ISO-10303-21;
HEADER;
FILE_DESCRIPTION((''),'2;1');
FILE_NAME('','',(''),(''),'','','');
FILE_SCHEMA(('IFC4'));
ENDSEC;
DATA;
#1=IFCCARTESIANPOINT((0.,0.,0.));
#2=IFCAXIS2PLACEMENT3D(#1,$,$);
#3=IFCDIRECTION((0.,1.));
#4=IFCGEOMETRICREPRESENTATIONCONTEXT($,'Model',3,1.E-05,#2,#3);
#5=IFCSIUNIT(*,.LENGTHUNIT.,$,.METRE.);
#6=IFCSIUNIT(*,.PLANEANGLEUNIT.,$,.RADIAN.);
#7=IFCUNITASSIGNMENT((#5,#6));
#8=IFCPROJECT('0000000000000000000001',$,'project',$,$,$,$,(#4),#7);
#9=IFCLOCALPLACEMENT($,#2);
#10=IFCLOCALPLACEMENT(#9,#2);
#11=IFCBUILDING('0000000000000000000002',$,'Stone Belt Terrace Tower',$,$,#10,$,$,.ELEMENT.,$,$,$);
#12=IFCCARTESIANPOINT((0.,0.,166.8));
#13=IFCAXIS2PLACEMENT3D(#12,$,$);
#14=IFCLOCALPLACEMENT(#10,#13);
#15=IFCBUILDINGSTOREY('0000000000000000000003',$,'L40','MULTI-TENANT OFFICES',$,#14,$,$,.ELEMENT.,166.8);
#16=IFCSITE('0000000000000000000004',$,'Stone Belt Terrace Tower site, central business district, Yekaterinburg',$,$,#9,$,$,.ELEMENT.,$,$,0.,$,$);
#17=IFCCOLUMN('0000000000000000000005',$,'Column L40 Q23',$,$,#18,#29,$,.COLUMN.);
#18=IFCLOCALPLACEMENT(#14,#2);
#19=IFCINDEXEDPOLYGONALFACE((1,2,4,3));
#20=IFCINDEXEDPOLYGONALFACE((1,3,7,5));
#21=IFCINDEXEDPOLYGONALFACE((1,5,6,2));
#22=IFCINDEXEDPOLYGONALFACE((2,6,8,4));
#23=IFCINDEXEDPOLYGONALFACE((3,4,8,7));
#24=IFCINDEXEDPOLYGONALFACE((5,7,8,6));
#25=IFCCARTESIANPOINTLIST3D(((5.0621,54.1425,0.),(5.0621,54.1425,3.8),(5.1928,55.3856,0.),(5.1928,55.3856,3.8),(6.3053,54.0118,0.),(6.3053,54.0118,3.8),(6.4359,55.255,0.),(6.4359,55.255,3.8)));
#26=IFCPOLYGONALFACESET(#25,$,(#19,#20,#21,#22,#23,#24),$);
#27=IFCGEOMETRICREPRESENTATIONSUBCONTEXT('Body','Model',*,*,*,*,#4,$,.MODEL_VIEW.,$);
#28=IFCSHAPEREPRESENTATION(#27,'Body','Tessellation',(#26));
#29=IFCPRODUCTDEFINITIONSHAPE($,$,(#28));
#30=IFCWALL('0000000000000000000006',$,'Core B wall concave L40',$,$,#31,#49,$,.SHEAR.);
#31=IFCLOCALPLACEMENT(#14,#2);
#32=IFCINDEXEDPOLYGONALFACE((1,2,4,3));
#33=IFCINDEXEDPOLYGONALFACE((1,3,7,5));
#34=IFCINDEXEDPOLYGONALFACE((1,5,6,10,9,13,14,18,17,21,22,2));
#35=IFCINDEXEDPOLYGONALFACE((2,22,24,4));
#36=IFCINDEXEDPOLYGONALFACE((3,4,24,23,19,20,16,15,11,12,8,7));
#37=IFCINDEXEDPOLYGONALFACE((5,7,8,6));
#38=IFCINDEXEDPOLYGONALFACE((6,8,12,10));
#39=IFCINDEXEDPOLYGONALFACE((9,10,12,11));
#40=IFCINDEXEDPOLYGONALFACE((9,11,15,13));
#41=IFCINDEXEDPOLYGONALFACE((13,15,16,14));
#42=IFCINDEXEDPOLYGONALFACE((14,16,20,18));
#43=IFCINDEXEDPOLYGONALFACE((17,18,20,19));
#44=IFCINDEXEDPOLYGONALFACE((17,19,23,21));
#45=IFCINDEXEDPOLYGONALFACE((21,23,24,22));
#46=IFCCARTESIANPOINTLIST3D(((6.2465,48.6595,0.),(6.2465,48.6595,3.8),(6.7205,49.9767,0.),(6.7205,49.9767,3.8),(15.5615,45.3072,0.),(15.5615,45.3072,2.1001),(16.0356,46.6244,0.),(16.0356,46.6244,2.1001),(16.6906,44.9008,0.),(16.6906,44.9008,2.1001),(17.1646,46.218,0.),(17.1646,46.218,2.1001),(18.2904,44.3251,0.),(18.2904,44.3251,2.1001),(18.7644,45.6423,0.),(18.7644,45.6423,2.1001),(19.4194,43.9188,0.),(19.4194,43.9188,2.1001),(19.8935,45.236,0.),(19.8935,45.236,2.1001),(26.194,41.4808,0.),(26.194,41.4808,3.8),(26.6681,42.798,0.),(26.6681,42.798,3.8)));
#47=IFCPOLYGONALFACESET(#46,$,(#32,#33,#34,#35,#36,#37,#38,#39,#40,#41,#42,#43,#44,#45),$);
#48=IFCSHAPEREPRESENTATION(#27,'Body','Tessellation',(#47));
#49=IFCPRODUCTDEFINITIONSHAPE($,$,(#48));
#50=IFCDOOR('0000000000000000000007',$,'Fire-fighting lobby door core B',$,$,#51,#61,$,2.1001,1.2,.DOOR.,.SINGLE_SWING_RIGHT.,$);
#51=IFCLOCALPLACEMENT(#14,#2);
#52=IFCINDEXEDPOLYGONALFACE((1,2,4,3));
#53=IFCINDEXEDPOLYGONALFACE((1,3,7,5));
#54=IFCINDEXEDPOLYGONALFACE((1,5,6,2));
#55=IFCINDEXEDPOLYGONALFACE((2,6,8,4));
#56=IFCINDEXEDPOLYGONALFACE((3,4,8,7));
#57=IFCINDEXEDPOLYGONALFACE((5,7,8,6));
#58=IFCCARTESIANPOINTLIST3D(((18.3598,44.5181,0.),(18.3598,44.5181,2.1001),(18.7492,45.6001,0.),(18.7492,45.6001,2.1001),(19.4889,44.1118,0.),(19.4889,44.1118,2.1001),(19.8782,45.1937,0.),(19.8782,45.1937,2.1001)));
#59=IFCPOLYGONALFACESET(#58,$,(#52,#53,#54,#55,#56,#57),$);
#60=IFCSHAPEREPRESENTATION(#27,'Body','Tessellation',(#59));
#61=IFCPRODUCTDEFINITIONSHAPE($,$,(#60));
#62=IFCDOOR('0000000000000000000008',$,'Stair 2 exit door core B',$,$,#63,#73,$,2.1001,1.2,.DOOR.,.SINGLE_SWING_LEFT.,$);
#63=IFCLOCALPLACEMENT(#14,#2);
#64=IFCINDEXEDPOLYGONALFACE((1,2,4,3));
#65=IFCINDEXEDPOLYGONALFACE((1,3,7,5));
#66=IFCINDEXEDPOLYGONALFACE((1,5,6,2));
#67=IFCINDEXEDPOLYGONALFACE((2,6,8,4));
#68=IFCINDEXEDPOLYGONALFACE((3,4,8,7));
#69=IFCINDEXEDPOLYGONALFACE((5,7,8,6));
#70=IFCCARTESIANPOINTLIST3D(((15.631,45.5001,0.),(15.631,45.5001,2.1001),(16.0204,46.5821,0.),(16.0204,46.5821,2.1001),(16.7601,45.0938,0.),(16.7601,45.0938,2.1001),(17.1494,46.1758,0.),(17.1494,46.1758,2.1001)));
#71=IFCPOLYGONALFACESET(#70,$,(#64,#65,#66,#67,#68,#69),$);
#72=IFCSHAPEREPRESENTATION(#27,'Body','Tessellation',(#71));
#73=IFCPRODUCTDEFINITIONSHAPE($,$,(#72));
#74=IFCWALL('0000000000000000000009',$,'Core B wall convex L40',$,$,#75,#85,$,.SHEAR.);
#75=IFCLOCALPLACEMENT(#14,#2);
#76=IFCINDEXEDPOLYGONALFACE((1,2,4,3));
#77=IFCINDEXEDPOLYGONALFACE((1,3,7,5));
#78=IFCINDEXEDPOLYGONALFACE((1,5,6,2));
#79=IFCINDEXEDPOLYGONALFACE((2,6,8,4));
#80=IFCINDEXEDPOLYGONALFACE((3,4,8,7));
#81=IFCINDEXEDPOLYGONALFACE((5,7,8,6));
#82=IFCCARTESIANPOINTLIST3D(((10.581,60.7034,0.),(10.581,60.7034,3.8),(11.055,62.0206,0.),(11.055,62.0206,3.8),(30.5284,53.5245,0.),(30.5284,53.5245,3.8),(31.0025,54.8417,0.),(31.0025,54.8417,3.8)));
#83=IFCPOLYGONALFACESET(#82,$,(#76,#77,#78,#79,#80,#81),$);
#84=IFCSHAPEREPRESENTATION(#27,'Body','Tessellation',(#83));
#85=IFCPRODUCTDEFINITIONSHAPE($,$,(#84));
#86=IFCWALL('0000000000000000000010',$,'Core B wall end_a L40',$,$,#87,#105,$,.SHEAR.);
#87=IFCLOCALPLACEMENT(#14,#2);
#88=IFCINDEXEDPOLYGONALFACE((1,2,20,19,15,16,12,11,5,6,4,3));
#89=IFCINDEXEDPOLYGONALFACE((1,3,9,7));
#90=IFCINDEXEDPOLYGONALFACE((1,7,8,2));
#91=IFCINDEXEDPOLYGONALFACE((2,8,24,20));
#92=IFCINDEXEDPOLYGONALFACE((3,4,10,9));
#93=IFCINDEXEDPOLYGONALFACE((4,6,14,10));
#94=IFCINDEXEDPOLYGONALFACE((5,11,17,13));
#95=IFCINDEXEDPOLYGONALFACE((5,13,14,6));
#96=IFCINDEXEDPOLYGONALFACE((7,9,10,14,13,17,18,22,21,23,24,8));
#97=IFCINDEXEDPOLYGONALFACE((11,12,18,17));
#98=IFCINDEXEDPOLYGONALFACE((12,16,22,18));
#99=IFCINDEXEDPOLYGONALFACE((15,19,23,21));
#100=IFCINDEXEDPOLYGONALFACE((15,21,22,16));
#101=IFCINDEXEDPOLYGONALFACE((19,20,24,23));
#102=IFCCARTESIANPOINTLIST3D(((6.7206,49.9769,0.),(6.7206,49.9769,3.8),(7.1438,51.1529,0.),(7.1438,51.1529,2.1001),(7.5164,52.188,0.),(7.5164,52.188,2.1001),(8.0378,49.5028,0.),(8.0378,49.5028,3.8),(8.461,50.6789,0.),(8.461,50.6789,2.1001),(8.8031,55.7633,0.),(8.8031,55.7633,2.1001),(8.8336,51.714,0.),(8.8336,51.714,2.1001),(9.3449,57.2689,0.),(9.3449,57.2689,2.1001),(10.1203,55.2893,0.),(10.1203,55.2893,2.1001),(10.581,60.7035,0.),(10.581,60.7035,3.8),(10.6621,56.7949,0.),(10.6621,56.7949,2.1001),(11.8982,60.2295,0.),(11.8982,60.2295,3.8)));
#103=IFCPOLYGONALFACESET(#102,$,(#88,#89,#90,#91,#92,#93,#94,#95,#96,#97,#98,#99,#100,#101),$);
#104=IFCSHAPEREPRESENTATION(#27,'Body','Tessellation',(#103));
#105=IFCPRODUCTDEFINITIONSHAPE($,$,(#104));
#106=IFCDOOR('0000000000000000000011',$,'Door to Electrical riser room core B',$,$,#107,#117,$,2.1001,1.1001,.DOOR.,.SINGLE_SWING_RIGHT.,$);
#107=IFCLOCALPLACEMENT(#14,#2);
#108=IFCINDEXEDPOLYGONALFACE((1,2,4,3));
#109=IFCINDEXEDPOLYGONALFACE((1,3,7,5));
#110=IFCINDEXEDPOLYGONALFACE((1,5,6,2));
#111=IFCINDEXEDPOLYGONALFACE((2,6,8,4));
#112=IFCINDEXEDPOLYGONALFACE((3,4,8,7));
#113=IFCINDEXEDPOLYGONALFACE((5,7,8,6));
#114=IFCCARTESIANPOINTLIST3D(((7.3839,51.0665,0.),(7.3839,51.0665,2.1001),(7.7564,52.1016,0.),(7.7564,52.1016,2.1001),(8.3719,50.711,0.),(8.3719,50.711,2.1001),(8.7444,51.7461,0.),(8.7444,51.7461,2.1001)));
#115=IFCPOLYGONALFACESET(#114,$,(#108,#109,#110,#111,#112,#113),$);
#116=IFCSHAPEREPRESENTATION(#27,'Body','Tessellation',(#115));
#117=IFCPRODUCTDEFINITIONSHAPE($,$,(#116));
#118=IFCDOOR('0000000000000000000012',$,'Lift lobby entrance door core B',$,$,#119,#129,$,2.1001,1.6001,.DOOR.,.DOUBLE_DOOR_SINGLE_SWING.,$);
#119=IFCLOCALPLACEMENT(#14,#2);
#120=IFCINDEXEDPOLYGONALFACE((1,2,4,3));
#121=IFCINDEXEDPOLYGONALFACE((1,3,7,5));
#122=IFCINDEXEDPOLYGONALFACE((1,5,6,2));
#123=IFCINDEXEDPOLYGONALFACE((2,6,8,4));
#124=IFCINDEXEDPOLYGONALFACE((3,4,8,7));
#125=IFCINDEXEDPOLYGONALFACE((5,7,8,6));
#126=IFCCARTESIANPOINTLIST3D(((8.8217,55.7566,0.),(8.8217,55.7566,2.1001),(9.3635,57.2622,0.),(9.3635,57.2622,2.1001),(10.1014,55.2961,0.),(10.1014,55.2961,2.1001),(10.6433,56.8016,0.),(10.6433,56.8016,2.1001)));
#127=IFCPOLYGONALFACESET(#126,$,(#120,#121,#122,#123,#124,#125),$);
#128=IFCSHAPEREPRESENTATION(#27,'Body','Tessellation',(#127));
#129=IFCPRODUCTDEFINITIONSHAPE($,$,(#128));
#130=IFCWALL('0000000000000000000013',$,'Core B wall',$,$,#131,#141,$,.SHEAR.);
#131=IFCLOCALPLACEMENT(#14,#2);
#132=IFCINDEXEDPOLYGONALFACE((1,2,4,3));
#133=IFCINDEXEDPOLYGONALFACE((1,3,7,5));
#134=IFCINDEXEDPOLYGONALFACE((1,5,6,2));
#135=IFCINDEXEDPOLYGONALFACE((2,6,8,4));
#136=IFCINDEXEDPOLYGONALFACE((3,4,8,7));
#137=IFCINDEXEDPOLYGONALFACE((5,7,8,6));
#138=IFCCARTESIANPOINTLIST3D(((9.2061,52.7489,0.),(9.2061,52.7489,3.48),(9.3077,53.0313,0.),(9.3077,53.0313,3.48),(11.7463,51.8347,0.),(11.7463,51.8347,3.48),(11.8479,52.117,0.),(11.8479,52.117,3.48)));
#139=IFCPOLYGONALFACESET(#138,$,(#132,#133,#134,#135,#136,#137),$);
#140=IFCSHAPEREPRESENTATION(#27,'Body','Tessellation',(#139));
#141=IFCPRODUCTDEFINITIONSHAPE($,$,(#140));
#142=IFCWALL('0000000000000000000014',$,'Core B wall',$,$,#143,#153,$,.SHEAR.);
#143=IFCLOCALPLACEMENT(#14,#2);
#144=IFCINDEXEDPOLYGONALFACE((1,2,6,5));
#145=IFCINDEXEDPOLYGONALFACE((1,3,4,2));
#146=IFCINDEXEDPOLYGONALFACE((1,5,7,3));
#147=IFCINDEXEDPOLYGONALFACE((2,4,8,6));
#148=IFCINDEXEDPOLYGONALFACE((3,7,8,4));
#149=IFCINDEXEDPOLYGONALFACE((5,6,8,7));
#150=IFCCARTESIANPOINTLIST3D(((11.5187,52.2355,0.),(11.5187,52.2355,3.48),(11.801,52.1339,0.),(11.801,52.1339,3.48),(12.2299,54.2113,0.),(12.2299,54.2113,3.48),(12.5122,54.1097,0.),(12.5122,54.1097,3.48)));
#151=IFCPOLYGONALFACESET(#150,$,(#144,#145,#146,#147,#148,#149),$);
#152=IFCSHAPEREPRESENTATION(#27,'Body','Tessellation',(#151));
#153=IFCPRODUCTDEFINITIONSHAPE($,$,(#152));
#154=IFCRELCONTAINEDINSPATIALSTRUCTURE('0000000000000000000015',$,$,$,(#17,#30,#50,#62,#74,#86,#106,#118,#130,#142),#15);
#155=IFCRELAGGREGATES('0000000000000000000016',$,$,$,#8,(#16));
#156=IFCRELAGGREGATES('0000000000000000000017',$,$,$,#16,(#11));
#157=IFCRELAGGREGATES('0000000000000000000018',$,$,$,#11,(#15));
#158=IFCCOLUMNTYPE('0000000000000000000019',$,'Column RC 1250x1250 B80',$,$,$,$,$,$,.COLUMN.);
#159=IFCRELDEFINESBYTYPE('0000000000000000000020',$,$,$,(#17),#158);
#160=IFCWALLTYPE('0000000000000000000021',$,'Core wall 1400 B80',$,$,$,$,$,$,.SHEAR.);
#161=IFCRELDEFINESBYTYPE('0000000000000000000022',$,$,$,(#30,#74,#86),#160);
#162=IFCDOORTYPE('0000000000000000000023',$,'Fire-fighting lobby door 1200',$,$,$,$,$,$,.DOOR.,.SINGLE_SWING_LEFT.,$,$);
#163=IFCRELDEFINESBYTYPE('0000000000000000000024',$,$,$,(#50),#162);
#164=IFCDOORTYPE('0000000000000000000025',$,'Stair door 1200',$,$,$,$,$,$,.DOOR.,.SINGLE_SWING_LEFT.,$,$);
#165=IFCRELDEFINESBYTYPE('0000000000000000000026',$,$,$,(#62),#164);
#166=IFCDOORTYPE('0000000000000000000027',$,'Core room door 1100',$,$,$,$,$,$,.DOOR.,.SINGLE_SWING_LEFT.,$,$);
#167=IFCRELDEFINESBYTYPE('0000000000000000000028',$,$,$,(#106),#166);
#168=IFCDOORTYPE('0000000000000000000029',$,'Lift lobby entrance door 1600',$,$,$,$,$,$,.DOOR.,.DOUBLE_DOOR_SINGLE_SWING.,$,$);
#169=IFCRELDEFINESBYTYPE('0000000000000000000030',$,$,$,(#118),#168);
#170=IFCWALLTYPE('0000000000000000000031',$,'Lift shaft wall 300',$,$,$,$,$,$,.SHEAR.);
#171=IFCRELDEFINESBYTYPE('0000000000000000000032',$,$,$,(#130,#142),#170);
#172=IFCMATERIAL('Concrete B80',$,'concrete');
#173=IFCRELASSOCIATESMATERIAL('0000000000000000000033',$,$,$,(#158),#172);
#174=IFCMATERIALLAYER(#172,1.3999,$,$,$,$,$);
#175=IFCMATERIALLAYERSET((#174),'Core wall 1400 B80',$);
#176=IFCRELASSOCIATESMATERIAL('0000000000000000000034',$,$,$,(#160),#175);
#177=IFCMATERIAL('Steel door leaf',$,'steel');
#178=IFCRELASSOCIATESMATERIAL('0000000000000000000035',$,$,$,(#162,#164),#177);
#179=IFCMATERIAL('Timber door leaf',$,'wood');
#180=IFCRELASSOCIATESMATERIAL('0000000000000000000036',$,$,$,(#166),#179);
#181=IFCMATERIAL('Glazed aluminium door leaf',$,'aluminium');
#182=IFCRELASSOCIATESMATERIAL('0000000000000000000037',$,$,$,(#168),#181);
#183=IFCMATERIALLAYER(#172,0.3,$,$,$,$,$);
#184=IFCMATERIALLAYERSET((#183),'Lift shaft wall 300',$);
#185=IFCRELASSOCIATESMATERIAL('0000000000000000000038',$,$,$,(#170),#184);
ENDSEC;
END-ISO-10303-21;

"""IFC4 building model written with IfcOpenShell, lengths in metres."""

from ifc_helpers import new_model, si_unit, direction, frame, frame_2d, origin, origin_2d, place, context, subcontext, project, spatial, rectangle, extrude, material, layer, layer_set, material_profile, profile_set, type_object, element, fill, save


model = new_model("IFC4")

# Units and contexts
model_context = context("Model", 3, precision=1e-05, world=origin(), true_north=direction((0.0, 1.0)))
body_context = subcontext(model_context, "Body", "Model", "MODEL_VIEW")
ifc_project = project(units=[si_unit("LENGTHUNIT", "METRE"), si_unit("PLANEANGLEUNIT", "RADIAN")], contexts=[model_context])

# Site, building, storey
site_placement = place(None, origin())
site = spatial("IfcSite", under=ifc_project, at=site_placement, Name="Stone Belt Terrace Tower site, central business district, Yekaterinburg", CompositionType="ELEMENT", RefElevation=0.0)
building_placement = place(site_placement, origin())
building = spatial("IfcBuilding", under=site, at=building_placement, Name="Stone Belt Terrace Tower", CompositionType="ELEMENT")
storey_placement = place(building_placement, frame((0.0, 0.0, 166.8)))
storey = spatial("IfcBuildingStorey", under=building, at=storey_placement, Name="L40", Description="MULTI-TENANT OFFICES", CompositionType="ELEMENT", Elevation=166.8)

# Column
ifc_material_1 = material(Name="Concrete B80", Category="concrete")
ifc_material_profile = material_profile(ifc_material_1, rectangle(XDim=1.25, YDim=1.25, at=origin_2d()), Name="RC 1250x1250")
ifc_profile_set = profile_set([ifc_material_profile], Name="Concrete B80")
column_type = type_object("IfcColumnType", Name="Column RC 1250x1250 B80", PredefinedType="COLUMN", material=ifc_profile_set)
column_placement = place(storey_placement, frame((5.749, 54.6987, 0.0), z_axis=(0.0, 0.0, 1.0), x_axis=(0.994522, -0.104528, 0.0)))
element("IfcColumn", 1, at=column_placement, inside=storey, type_object=column_type, Name="Column L40 Q23", PredefinedType="COLUMN", context=body_context, shape_type="SweptSolid", body=[
    extrude(rectangle(XDim=1.25, YDim=1.25, at=origin_2d()), origin(), (0.0, 0.0, 1.0), 3.8),
])

# Wall, openings, doors
ifc_layer_1 = layer(ifc_material_1, 1.3999)
ifc_layer_set_1 = layer_set([ifc_layer_1], Name="Core wall 1400 B80")
wall_type_1 = type_object("IfcWallType", Name="Core wall 1400 B80", PredefinedType="SHEAR", material=ifc_layer_set_1)
wall_1_placement = place(storey_placement, frame((6.4834, 49.3181, 0.0), z_axis=(0.0, 0.0, 1.0), x_axis=(0.940923, -0.33862, 0.0)))
wall_1 = element("IfcWall", 2, at=wall_1_placement, inside=storey, type_object=wall_type_1, Name="Core B wall concave L40", PredefinedType="SHEAR", context=body_context, shape_type="SweptSolid", body=[
    extrude(rectangle(XDim=21.2, YDim=1.3999, at=frame_2d((10.6001, 0.0))), origin(), (0.0, 0.0, 1.0), 3.8),
])
opening_1_placement = place(wall_1_placement, frame((12.8, 0.0, 0.0)))
opening_1 = element("IfcOpeningElement", 3, at=opening_1_placement, cuts=wall_1, PredefinedType="OPENING", context=body_context, shape_type="SweptSolid", body=[
    extrude(rectangle(XDim=1.2, YDim=2.1001, at=frame_2d((0.6001, 1.05))), frame((0.0, 0.71, 0.0), z_axis=(0.0, -1.0, 0.0), x_axis=(1.0, 0.0, 0.0)), (0.0, 0.0, 1.0), 1.4199),
])
opening_2_placement = place(wall_1_placement, frame((9.8999, 0.0, 0.0)))
opening_2 = element("IfcOpeningElement", 4, at=opening_2_placement, cuts=wall_1, PredefinedType="OPENING", context=body_context, shape_type="SweptSolid", body=[
    extrude(rectangle(XDim=1.2, YDim=2.1001, at=frame_2d((0.6001, 1.05))), frame((0.0, 0.71, 0.0), z_axis=(0.0, -1.0, 0.0), x_axis=(1.0, 0.0, 0.0)), (0.0, 0.0, 1.0), 1.4199),
])
ifc_material_2 = material(Name="Steel door leaf", Category="steel")
door_type_1 = type_object("IfcDoorType", Name="Fire-fighting lobby door 1200", OperationType="SINGLE_SWING_LEFT", PredefinedType="DOOR", material=ifc_material_2)
door_1_placement = place(opening_1_placement, origin())
door_1 = element("IfcDoor", 5, at=door_1_placement, inside=storey, type_object=door_type_1, Name="Fire-fighting lobby door core B", OperationType="SINGLE_SWING_RIGHT", OverallHeight=2.1001, OverallWidth=1.2, PredefinedType="DOOR", context=body_context, shape_type="SweptSolid", body=[
    extrude(rectangle(XDim=1.2, YDim=2.1001, at=frame_2d((0.6001, 1.05))), frame((0.0, 0.655, 0.0), z_axis=(0.0, -1.0, 0.0), x_axis=(1.0, 0.0, 0.0)), (0.0, 0.0, 1.0), 1.1499),
])
fill(opening_1, door_1)
door_type_2 = type_object("IfcDoorType", Name="Stair door 1200", OperationType="SINGLE_SWING_LEFT", PredefinedType="DOOR", material=ifc_material_2)
door_2_placement = place(opening_2_placement, origin())
door_2 = element("IfcDoor", 6, at=door_2_placement, inside=storey, type_object=door_type_2, Name="Stair 2 exit door core B", OperationType="SINGLE_SWING_LEFT", OverallHeight=2.1001, OverallWidth=1.2, PredefinedType="DOOR", context=body_context, shape_type="SweptSolid", body=[
    extrude(rectangle(XDim=1.2, YDim=2.1001, at=frame_2d((0.6001, 1.05))), frame((0.0, 0.655, 0.0), z_axis=(0.0, -1.0, 0.0), x_axis=(1.0, 0.0, 0.0)), (0.0, 0.0, 1.0), 1.1499),
])
fill(opening_2, door_2)

# Wall
wall_2_placement = place(storey_placement, frame((10.8179, 61.3621, 0.0), z_axis=(0.0, 0.0, 1.0), x_axis=(0.94092, -0.33863, 0.0)))
element("IfcWall", 7, at=wall_2_placement, inside=storey, type_object=wall_type_1, Name="Core B wall convex L40", PredefinedType="SHEAR", context=body_context, shape_type="SweptSolid", body=[
    extrude(rectangle(XDim=21.2, YDim=1.3999, at=frame_2d((10.6001, 0.0))), origin(), (0.0, 0.0, 1.0), 3.8),
])

# Wall, openings, doors
wall_3_placement = place(storey_placement, frame((7.3792, 49.7397, 0.0), z_axis=(0.0, 0.0, 1.0), x_axis=(0.338625, 0.940921, 0.0)))
wall_3 = element("IfcWall", 8, at=wall_3_placement, inside=storey, type_object=wall_type_1, Name="Core B wall end_a L40", PredefinedType="SHEAR", context=body_context, shape_type="SweptSolid", body=[
    extrude(rectangle(XDim=11.4001, YDim=1.3999, at=frame_2d((5.7002, 0.0))), origin(), (0.0, 0.0, 1.0), 3.8),
])
opening_3_placement = place(wall_3_placement, frame((6.1499, 0.0, 0.0)))
opening_3 = element("IfcOpeningElement", 9, at=opening_3_placement, cuts=wall_3, PredefinedType="OPENING", context=body_context, shape_type="SweptSolid", body=[
    extrude(rectangle(XDim=1.6001, YDim=2.1001, at=frame_2d((0.8, 1.05))), frame((0.0, 0.71, 0.0), z_axis=(0.0, -1.0, 0.0), x_axis=(1.0, 0.0, 0.0)), (0.0, 0.0, 1.0), 1.4199),
])
opening_4_placement = place(wall_3_placement, frame((1.25, 0.0, 0.0)))
opening_4 = element("IfcOpeningElement", 10, at=opening_4_placement, cuts=wall_3, PredefinedType="OPENING", context=body_context, shape_type="SweptSolid", body=[
    extrude(rectangle(XDim=1.1001, YDim=2.1001, at=frame_2d((0.55, 1.05))), frame((0.0, 0.71, 0.0), z_axis=(0.0, -1.0, 0.0), x_axis=(1.0, 0.0, 0.0)), (0.0, 0.0, 1.0), 1.4199),
])
ifc_material_3 = material(Name="Timber door leaf", Category="wood")
door_type_3 = type_object("IfcDoorType", Name="Core room door 1100", OperationType="SINGLE_SWING_LEFT", PredefinedType="DOOR", material=ifc_material_3)
door_3_placement = place(opening_4_placement, origin())
door_3 = element("IfcDoor", 11, at=door_3_placement, inside=storey, type_object=door_type_3, Name="Door to Electrical riser room core B", OperationType="SINGLE_SWING_RIGHT", OverallHeight=2.1001, OverallWidth=1.1001, PredefinedType="DOOR", context=body_context, shape_type="SweptSolid", body=[
    extrude(rectangle(XDim=1.1001, YDim=2.1001, at=frame_2d((0.55, 1.05))), frame((0.0, 0.4448, 0.0), z_axis=(0.0, -1.0, 0.0), x_axis=(1.0, 0.0, 0.0)), (0.0, 0.0, 1.0), 1.05),
])
fill(opening_4, door_3)
ifc_material_4 = material(Name="Glazed aluminium door leaf", Category="aluminium")
door_type_4 = type_object("IfcDoorType", Name="Lift lobby entrance door 1600", OperationType="DOUBLE_DOOR_SINGLE_SWING", PredefinedType="DOOR", material=ifc_material_4)
door_4_placement = place(opening_3_placement, origin())
door_4 = element("IfcDoor", 12, at=door_4_placement, inside=storey, type_object=door_type_4, Name="Lift lobby entrance door core B", OperationType="DOUBLE_DOOR_SINGLE_SWING", OverallHeight=2.1001, OverallWidth=1.6001, PredefinedType="DOOR", context=body_context, shape_type="SweptSolid", body=[
    extrude(rectangle(XDim=1.6001, YDim=2.1001, at=frame_2d((0.8, 1.05))), frame((0.0, 0.6802, 0.0), z_axis=(0.0, -1.0, 0.0), x_axis=(1.0, 0.0, 0.0)), (0.0, 0.0, 1.0), 1.3601),
])
fill(opening_3, door_4)

# Walls
ifc_layer_2 = layer(ifc_material_1, 0.3)
ifc_layer_set_2 = layer_set([ifc_layer_2], Name="Lift shaft wall 300")
wall_type_2 = type_object("IfcWallType", Name="Lift shaft wall 300", PredefinedType="SHEAR", material=ifc_layer_set_2)
wall_4_placement = place(storey_placement, frame((11.7971, 51.9758, 0.0), z_axis=(0.0, 0.0, 1.0), x_axis=(-0.94091, 0.338655, 0.0)))
element("IfcWall", 13, at=wall_4_placement, inside=storey, type_object=wall_type_2, Name="Core B wall", PredefinedType="SHEAR", context=body_context, shape_type="SweptSolid", body=[
    extrude(rectangle(XDim=2.6997, YDim=0.3, at=frame_2d((1.3499, 0.0))), origin(), (0.0, 0.0, 1.0), 3.48),
])
wall_5_placement = place(storey_placement, frame((11.6599, 52.1848, 0.0), z_axis=(0.0, 0.0, 1.0), x_axis=(0.33867, 0.940905, 0.0)))
element("IfcWall", 14, at=wall_5_placement, inside=storey, type_object=wall_type_2, Name="Core B wall", PredefinedType="SHEAR", context=body_context, shape_type="SweptSolid", body=[
    extrude(rectangle(XDim=2.0999, YDim=0.3, at=frame_2d((1.0498, 0.0))), origin(), (0.0, 0.0, 1.0), 3.48),
])

save(model, "model.ifc")
